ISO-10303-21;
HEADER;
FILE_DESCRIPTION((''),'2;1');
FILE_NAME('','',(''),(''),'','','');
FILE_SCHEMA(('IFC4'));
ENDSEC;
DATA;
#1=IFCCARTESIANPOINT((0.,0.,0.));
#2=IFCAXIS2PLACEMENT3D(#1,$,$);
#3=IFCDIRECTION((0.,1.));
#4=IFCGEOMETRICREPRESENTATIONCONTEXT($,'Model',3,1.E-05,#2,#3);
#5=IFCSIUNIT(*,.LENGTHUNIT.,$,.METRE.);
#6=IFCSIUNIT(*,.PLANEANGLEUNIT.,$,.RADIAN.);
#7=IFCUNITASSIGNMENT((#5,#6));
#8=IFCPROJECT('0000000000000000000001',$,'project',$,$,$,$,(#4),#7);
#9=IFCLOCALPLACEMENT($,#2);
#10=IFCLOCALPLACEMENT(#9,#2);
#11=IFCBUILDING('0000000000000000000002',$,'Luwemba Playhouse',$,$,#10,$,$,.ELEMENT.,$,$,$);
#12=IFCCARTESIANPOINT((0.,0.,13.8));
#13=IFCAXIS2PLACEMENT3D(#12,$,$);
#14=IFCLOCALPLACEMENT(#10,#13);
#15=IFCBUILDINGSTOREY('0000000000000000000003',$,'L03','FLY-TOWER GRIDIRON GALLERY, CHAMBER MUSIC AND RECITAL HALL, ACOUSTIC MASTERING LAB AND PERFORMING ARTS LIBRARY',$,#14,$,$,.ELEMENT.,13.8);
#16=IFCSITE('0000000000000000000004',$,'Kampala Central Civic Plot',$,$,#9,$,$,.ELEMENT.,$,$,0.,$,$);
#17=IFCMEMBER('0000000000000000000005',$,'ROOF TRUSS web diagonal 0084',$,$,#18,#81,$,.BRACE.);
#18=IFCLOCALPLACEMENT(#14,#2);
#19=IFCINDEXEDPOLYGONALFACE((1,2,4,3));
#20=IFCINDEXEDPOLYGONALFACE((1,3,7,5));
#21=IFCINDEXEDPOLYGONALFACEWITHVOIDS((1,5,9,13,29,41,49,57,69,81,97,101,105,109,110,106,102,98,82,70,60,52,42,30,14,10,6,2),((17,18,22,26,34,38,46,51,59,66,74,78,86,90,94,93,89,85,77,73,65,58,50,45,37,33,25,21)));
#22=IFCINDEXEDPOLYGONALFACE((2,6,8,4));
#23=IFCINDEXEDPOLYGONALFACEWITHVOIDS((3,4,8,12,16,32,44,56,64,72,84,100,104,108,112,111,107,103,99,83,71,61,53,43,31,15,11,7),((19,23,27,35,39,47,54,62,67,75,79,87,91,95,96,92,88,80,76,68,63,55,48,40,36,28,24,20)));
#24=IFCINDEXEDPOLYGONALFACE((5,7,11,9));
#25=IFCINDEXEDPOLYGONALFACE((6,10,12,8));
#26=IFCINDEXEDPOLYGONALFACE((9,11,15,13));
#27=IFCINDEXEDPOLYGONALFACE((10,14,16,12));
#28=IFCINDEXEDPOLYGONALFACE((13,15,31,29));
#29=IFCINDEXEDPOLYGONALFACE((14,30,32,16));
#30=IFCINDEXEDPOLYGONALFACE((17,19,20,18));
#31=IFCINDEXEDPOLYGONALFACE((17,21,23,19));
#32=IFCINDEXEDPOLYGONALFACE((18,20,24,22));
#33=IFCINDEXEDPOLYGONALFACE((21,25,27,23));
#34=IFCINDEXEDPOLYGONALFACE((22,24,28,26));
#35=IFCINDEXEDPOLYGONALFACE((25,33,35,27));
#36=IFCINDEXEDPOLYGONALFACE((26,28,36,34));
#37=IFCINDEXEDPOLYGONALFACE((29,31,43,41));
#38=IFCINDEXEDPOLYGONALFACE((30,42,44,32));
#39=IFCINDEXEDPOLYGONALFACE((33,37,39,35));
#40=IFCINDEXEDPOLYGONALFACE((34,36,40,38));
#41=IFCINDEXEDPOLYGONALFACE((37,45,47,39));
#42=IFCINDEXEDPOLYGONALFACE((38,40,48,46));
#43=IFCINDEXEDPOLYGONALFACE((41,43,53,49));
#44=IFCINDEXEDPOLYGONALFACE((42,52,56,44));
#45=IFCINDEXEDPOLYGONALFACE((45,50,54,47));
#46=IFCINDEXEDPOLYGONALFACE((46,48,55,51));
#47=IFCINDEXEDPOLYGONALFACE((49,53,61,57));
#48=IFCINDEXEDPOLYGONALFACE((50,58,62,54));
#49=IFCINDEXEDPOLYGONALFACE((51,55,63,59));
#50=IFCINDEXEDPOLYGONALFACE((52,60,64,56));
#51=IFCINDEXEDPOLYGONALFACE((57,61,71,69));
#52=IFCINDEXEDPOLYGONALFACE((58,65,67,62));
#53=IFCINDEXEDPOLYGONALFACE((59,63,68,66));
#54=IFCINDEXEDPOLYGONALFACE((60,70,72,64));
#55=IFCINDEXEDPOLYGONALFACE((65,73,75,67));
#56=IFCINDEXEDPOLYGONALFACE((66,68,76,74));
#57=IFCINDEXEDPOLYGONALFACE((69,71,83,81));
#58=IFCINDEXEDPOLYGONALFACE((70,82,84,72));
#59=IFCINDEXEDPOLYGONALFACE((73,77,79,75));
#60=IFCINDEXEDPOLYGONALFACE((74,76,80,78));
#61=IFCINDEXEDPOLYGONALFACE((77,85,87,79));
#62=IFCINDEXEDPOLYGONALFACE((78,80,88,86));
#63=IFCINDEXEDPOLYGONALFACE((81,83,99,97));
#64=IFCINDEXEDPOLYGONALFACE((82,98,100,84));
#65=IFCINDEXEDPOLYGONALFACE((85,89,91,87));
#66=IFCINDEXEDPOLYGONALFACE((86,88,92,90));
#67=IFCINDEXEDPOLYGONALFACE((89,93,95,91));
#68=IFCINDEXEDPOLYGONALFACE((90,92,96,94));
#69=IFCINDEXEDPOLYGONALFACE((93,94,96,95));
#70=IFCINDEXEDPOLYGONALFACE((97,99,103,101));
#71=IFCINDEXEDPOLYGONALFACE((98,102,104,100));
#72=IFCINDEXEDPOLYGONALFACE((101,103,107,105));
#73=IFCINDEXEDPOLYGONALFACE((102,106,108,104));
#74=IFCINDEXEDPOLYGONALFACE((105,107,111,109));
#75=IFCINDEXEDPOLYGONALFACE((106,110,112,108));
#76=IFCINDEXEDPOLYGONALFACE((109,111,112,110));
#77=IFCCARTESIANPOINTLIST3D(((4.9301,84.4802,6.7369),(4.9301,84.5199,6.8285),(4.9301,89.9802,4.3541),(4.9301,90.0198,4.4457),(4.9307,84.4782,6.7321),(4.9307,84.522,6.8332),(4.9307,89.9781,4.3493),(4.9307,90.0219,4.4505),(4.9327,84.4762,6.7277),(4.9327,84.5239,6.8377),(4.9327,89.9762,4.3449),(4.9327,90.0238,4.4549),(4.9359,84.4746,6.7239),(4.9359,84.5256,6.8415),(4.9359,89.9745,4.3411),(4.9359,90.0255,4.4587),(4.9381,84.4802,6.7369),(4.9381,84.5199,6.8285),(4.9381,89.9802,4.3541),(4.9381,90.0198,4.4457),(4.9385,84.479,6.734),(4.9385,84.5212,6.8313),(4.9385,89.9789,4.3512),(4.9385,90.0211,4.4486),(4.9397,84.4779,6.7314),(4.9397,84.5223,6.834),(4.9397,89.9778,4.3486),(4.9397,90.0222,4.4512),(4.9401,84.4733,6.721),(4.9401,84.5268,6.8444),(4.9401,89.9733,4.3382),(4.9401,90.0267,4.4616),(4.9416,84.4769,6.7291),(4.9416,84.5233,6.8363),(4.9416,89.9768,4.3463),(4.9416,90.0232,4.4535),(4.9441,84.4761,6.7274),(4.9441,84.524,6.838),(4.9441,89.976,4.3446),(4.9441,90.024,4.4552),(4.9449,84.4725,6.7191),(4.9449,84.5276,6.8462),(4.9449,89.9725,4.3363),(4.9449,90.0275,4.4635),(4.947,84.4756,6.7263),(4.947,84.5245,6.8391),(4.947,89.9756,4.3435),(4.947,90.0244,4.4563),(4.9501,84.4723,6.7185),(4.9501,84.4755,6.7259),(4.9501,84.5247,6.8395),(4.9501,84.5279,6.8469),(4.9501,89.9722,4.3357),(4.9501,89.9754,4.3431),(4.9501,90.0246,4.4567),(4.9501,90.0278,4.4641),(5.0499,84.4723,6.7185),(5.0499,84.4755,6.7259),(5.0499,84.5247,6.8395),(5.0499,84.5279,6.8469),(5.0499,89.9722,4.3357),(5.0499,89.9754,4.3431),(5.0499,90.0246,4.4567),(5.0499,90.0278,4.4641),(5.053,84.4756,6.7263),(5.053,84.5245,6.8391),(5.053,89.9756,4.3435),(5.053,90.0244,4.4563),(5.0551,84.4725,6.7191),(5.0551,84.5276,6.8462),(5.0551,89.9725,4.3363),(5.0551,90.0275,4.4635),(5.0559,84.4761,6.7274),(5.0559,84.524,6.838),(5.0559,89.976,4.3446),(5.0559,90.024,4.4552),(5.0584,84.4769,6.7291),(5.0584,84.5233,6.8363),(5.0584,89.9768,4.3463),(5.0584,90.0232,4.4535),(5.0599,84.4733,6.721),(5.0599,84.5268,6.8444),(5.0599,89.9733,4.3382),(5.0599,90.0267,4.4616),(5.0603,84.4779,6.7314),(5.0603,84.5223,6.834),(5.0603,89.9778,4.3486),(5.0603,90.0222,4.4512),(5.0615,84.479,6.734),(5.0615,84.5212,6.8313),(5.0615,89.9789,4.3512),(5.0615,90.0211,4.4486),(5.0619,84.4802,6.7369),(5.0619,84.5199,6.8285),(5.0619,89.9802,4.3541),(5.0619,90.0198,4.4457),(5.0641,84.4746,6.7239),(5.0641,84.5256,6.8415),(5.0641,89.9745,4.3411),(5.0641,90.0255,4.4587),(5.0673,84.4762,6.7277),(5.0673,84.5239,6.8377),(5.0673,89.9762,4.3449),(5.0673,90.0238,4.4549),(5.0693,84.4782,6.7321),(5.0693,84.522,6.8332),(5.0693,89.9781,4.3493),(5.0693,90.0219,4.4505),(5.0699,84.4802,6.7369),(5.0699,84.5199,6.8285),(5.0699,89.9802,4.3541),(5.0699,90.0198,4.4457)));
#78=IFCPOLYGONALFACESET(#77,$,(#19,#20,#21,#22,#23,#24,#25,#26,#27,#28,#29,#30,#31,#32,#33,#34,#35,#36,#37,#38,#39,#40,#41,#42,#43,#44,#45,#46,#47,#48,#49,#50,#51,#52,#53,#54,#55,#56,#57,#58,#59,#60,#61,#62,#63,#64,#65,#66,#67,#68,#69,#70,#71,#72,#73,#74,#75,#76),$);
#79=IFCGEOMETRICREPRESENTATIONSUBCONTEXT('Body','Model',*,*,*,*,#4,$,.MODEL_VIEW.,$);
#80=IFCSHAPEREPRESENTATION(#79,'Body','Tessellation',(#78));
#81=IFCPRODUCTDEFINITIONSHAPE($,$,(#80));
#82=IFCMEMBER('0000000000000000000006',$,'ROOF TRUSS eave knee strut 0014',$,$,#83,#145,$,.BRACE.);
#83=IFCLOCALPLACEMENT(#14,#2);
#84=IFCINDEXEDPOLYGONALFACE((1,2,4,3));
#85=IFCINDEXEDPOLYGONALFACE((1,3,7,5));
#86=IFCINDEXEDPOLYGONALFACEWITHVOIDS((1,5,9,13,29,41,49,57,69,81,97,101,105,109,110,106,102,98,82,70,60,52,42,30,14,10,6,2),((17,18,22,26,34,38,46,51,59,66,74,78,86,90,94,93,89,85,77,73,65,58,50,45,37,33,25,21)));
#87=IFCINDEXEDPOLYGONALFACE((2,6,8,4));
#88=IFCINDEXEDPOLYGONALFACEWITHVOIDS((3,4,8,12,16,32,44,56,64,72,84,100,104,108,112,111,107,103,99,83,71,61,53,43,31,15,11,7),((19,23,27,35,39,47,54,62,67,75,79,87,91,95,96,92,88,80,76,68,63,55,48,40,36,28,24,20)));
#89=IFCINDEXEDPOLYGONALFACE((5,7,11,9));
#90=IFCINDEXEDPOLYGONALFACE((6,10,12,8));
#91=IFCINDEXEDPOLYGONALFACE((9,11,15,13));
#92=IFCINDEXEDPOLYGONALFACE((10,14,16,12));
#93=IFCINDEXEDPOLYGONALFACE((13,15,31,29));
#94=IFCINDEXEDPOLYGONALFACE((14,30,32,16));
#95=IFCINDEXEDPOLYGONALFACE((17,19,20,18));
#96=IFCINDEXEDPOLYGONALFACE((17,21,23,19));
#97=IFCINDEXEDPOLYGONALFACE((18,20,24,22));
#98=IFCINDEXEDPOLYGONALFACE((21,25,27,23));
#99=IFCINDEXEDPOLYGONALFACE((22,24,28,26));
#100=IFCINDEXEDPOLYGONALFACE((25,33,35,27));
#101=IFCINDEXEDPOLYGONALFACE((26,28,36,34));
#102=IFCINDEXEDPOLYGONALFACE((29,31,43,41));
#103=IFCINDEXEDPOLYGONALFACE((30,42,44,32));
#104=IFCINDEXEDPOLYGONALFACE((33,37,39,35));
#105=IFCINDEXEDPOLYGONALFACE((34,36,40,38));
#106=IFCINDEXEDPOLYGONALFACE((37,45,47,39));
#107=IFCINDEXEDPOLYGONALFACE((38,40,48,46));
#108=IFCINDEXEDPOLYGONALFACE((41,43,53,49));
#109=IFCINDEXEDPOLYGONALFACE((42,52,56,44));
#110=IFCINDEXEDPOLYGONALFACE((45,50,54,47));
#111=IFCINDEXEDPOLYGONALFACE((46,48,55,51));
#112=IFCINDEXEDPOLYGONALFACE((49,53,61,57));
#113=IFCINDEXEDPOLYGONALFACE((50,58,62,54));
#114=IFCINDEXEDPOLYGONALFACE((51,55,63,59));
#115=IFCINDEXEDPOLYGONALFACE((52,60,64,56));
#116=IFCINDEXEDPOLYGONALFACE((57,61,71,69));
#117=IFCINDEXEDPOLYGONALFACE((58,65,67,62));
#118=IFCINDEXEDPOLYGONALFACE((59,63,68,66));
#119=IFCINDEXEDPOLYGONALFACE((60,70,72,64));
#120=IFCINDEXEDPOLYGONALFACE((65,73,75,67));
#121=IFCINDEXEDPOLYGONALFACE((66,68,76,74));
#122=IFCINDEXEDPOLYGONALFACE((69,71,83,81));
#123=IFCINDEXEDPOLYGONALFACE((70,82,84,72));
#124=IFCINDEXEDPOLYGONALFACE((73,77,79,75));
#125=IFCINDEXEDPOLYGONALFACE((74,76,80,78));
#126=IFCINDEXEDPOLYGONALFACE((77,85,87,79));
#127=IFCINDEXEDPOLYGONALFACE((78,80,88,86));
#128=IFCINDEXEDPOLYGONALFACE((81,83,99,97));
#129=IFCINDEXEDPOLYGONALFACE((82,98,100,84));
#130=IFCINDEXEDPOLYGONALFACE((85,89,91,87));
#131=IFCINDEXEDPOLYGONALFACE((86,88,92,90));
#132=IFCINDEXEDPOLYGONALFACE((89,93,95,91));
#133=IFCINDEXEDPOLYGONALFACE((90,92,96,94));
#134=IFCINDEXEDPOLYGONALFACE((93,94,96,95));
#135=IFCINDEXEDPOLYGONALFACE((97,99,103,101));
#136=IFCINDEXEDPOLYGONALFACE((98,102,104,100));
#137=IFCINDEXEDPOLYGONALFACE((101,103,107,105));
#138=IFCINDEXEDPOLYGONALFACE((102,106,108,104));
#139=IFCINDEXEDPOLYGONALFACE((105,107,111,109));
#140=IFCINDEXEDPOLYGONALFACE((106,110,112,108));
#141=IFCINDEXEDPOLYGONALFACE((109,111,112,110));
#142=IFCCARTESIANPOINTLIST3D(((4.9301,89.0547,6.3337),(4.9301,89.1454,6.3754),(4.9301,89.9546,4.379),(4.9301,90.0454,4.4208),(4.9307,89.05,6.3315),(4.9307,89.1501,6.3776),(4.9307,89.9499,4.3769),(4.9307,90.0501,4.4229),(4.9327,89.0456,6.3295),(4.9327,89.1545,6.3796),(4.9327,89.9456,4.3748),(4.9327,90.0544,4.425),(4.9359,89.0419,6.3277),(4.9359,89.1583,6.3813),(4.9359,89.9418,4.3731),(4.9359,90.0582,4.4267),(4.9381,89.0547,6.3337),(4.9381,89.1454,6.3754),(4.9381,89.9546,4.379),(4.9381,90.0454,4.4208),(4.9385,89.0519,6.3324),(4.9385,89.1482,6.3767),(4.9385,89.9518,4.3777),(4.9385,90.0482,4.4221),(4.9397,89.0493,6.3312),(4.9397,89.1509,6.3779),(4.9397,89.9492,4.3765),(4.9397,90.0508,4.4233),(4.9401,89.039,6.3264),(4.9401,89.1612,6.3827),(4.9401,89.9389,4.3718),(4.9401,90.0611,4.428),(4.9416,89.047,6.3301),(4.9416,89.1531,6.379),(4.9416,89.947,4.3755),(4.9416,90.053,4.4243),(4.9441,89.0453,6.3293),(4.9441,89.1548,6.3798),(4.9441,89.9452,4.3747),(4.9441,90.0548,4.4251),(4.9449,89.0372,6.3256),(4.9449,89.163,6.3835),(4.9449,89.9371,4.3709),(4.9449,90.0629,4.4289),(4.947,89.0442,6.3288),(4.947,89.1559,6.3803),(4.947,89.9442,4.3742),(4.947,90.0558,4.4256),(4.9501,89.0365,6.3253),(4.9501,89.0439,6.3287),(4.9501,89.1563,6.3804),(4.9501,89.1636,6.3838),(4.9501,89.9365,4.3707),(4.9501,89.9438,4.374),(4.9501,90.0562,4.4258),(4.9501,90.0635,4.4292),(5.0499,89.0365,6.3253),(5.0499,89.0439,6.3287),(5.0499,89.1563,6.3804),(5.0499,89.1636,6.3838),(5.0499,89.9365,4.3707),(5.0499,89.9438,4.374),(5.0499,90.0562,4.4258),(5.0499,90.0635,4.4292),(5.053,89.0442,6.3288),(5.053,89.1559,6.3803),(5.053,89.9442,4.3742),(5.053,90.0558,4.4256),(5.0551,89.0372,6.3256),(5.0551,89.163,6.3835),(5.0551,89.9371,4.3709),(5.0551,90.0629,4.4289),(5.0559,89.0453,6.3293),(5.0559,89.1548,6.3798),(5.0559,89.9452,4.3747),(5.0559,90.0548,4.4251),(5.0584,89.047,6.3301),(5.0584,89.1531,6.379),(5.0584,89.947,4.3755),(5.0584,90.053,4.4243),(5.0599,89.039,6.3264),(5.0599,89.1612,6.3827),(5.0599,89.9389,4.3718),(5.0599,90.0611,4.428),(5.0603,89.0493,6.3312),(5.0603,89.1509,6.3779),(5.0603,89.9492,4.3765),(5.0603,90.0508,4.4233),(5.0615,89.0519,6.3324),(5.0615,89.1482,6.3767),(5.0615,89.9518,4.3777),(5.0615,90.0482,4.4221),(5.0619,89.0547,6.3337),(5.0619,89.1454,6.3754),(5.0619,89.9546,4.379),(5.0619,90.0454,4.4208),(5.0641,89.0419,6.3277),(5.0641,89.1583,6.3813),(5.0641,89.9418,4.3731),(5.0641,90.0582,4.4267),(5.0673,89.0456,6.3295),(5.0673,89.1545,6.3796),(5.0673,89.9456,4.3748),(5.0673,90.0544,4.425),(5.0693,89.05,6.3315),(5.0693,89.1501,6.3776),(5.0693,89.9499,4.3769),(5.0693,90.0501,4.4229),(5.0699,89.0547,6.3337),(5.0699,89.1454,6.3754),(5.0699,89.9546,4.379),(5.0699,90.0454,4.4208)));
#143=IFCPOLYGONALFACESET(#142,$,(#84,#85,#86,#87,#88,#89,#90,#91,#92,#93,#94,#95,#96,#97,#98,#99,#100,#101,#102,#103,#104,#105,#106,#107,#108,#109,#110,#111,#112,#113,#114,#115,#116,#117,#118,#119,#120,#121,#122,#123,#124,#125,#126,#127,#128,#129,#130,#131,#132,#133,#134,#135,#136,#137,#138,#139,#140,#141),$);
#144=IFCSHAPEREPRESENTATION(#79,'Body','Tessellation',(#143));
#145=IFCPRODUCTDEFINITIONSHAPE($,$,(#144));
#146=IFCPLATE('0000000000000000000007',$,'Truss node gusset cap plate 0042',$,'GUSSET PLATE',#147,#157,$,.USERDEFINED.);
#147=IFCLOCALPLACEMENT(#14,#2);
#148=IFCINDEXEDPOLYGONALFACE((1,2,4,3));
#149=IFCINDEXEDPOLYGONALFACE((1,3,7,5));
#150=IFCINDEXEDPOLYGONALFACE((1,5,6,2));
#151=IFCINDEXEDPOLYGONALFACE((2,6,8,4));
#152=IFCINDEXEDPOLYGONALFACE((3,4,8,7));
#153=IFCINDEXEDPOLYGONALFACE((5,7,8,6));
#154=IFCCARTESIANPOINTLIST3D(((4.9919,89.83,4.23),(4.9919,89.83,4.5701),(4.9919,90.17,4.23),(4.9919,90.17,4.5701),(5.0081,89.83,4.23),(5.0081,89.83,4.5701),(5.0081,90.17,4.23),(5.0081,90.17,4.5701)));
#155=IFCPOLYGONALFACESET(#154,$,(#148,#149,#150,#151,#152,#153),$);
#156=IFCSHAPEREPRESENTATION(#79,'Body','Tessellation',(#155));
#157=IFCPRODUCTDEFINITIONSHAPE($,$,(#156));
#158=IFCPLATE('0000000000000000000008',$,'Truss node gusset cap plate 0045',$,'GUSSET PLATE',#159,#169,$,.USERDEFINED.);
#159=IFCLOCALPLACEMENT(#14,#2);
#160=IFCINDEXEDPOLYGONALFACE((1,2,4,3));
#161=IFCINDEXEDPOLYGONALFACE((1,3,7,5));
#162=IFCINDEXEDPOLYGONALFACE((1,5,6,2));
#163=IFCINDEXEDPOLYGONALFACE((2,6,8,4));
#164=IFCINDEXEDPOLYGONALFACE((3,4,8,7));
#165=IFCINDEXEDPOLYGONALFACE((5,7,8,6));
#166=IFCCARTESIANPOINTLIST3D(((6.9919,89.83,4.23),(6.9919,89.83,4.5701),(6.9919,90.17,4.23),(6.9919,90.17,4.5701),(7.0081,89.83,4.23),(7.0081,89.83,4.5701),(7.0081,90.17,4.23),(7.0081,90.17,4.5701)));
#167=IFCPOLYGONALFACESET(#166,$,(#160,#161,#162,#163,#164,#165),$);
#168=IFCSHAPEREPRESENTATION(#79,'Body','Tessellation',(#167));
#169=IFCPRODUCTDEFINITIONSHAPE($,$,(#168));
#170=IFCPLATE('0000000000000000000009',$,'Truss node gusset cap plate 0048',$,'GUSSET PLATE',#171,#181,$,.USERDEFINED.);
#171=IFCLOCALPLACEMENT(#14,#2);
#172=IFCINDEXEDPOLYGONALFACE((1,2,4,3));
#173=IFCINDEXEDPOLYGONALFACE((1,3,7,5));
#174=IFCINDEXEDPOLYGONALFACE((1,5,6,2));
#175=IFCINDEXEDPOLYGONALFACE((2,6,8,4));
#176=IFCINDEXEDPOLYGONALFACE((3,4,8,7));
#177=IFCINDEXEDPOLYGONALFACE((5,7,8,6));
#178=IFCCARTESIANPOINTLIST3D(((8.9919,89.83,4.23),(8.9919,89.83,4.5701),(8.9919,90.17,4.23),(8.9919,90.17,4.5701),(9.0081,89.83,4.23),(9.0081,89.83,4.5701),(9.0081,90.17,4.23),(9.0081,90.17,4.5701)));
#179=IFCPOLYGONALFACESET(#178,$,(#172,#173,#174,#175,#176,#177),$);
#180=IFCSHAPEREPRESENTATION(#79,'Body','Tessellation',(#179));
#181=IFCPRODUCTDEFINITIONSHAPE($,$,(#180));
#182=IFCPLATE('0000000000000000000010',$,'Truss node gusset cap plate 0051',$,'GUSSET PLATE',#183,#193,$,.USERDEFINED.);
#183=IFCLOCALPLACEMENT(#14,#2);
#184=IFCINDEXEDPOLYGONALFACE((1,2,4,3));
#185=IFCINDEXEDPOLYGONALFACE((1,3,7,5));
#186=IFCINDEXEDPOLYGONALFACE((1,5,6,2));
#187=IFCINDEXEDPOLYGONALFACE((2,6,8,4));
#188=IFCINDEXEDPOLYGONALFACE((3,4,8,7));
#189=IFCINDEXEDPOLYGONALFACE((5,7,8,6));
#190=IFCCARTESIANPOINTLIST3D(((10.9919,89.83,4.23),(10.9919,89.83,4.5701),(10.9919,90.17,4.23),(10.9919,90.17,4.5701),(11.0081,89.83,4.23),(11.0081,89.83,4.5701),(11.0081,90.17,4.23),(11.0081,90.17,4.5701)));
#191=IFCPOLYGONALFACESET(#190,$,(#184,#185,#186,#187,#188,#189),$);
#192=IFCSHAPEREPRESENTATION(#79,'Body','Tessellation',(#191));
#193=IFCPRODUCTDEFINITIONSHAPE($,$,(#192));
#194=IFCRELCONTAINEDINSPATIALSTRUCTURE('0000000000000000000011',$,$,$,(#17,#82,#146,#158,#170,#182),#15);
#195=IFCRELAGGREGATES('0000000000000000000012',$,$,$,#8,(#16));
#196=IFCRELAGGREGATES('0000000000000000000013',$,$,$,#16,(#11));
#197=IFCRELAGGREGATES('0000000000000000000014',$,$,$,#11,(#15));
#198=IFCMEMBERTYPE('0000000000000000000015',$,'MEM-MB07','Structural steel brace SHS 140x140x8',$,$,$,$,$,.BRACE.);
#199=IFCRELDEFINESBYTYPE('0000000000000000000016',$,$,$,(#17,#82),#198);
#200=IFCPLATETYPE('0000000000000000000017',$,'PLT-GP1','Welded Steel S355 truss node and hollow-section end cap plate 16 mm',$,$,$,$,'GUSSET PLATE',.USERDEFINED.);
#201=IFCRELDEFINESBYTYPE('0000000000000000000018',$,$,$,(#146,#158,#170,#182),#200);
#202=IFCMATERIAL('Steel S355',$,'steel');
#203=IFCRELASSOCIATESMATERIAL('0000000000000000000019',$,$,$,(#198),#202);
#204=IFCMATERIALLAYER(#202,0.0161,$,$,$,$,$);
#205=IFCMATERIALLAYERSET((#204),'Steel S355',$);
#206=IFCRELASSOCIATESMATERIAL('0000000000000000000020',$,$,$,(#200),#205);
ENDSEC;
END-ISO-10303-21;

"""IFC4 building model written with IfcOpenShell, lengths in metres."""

from ifc_helpers import new_model, si_unit, direction, frame, origin, origin_2d, place, context, subcontext, project, spatial, rectangle, hollow_rectangle, extrude, material, layer, layer_set, material_profile, profile_set, type_object, element, save


model = new_model("IFC4")

# Units and contexts
model_context = context("Model", 3, precision=1e-05, world=origin(), true_north=direction((0.0, 1.0)))
body_context = subcontext(model_context, "Body", "Model", "MODEL_VIEW")
ifc_project = project(units=[si_unit("LENGTHUNIT", "METRE"), si_unit("PLANEANGLEUNIT", "RADIAN")], contexts=[model_context])

# Site, building, storey
site_placement = place(None, origin())
site = spatial("IfcSite", under=ifc_project, at=site_placement, Name="Kampala Central Civic Plot", CompositionType="ELEMENT", RefElevation=0.0)
building_placement = place(site_placement, origin())
building = spatial("IfcBuilding", under=site, at=building_placement, Name="Luwemba Playhouse", CompositionType="ELEMENT")
storey_placement = place(building_placement, frame((0.0, 0.0, 13.8)))
storey = spatial("IfcBuildingStorey", under=building, at=storey_placement, Name="L03", Description="FLY-TOWER GRIDIRON GALLERY, CHAMBER MUSIC AND RECITAL HALL, ACOUSTIC MASTERING LAB AND PERFORMING ARTS LIBRARY", CompositionType="ELEMENT", Elevation=13.8)

# Shared definitions
ifc_material_1 = material(Name="Steel S355", Category="steel")

# Members
ifc_material_profile_1 = material_profile(ifc_material_1, hollow_rectangle(XDim=0.1399, YDim=0.1399, WallThickness=0.0081, InnerFilletRadius=0.012, OuterFilletRadius=0.02, at=origin_2d()))
ifc_profile_set_1 = profile_set([ifc_material_profile_1], Name="Steel S355")
member_type_1 = type_object("IfcMemberType", Name="MEM-MB07", Description="Structural steel brace SHS 140x140x8", PredefinedType="BRACE", material=ifc_profile_set_1)
member_1_placement = place(storey_placement, frame((5.0, 90.0, 4.3999), z_axis=(0.0, -0.917587, 0.397534), x_axis=(1.0, 0.0, 0.0)))
element("IfcMember", 1, at=member_1_placement, inside=storey, type_object=member_type_1, Name="ROOF TRUSS web diagonal 0084", PredefinedType="BRACE", context=body_context, shape_type="SweptSolid", body=[
    extrude(hollow_rectangle(XDim=0.1399, YDim=0.1399, WallThickness=0.0081, InnerFilletRadius=0.012, OuterFilletRadius=0.02, at=origin_2d()), origin(), (0.0, 0.0, 1.0), 5.9939),
])
member_2_placement = place(storey_placement, frame((5.0, 90.0, 4.3999), z_axis=(0.0, -0.418209, 0.908351), x_axis=(1.0, 0.0, 0.0)))
element("IfcMember", 2, at=member_2_placement, inside=storey, type_object=member_type_1, Name="ROOF TRUSS eave knee strut 0014", PredefinedType="BRACE", context=body_context, shape_type="SweptSolid", body=[
    extrude(hollow_rectangle(XDim=0.1399, YDim=0.1399, WallThickness=0.0081, InnerFilletRadius=0.012, OuterFilletRadius=0.02, at=origin_2d()), origin(), (0.0, 0.0, 1.0), 2.1519),
])

# Plates
ifc_layer_1 = layer(ifc_material_1, 0.0161)
ifc_layer_set_1 = layer_set([ifc_layer_1], Name="Steel S355")
plate_type = type_object("IfcPlateType", Name="PLT-GP1", Description="Welded Steel S355 truss node and hollow-section end cap plate 16 mm", ElementType="GUSSET PLATE", PredefinedType="USERDEFINED", material=ifc_layer_set_1)
for number, where, z_axis, x_axis, name in (
    (3, (5.0, 90.0, 4.23), (0.0, 0.0, 1.0), (1.0, 0.0, 0.0), "Truss node gusset cap plate 0042"),
    (4, (7.0, 90.0, 4.23), (0.0, 0.0, 1.0), (1.0, 0.0, 0.0), "Truss node gusset cap plate 0045"),
    (5, (9.0, 90.0, 4.23), (0.0, 0.0, 1.0), (1.0, 0.0, 0.0), "Truss node gusset cap plate 0048"),
    (6, (11.0, 90.0, 4.23), (0.0, 0.0, 1.0), (1.0, 0.0, 0.0), "Truss node gusset cap plate 0051"),
):
    element("IfcPlate", number, at=place(storey_placement, frame(where, z_axis=z_axis, x_axis=x_axis)), inside=storey, type_object=plate_type, Name=name, ObjectType="GUSSET PLATE", PredefinedType="USERDEFINED", context=body_context, shape_type="SweptSolid", body=[
        extrude(rectangle(XDim=0.0161, YDim=0.3401, at=origin_2d()), origin(), (0.0, 0.0, 1.0), 0.3401),
    ])

save(model, "model.ifc")
